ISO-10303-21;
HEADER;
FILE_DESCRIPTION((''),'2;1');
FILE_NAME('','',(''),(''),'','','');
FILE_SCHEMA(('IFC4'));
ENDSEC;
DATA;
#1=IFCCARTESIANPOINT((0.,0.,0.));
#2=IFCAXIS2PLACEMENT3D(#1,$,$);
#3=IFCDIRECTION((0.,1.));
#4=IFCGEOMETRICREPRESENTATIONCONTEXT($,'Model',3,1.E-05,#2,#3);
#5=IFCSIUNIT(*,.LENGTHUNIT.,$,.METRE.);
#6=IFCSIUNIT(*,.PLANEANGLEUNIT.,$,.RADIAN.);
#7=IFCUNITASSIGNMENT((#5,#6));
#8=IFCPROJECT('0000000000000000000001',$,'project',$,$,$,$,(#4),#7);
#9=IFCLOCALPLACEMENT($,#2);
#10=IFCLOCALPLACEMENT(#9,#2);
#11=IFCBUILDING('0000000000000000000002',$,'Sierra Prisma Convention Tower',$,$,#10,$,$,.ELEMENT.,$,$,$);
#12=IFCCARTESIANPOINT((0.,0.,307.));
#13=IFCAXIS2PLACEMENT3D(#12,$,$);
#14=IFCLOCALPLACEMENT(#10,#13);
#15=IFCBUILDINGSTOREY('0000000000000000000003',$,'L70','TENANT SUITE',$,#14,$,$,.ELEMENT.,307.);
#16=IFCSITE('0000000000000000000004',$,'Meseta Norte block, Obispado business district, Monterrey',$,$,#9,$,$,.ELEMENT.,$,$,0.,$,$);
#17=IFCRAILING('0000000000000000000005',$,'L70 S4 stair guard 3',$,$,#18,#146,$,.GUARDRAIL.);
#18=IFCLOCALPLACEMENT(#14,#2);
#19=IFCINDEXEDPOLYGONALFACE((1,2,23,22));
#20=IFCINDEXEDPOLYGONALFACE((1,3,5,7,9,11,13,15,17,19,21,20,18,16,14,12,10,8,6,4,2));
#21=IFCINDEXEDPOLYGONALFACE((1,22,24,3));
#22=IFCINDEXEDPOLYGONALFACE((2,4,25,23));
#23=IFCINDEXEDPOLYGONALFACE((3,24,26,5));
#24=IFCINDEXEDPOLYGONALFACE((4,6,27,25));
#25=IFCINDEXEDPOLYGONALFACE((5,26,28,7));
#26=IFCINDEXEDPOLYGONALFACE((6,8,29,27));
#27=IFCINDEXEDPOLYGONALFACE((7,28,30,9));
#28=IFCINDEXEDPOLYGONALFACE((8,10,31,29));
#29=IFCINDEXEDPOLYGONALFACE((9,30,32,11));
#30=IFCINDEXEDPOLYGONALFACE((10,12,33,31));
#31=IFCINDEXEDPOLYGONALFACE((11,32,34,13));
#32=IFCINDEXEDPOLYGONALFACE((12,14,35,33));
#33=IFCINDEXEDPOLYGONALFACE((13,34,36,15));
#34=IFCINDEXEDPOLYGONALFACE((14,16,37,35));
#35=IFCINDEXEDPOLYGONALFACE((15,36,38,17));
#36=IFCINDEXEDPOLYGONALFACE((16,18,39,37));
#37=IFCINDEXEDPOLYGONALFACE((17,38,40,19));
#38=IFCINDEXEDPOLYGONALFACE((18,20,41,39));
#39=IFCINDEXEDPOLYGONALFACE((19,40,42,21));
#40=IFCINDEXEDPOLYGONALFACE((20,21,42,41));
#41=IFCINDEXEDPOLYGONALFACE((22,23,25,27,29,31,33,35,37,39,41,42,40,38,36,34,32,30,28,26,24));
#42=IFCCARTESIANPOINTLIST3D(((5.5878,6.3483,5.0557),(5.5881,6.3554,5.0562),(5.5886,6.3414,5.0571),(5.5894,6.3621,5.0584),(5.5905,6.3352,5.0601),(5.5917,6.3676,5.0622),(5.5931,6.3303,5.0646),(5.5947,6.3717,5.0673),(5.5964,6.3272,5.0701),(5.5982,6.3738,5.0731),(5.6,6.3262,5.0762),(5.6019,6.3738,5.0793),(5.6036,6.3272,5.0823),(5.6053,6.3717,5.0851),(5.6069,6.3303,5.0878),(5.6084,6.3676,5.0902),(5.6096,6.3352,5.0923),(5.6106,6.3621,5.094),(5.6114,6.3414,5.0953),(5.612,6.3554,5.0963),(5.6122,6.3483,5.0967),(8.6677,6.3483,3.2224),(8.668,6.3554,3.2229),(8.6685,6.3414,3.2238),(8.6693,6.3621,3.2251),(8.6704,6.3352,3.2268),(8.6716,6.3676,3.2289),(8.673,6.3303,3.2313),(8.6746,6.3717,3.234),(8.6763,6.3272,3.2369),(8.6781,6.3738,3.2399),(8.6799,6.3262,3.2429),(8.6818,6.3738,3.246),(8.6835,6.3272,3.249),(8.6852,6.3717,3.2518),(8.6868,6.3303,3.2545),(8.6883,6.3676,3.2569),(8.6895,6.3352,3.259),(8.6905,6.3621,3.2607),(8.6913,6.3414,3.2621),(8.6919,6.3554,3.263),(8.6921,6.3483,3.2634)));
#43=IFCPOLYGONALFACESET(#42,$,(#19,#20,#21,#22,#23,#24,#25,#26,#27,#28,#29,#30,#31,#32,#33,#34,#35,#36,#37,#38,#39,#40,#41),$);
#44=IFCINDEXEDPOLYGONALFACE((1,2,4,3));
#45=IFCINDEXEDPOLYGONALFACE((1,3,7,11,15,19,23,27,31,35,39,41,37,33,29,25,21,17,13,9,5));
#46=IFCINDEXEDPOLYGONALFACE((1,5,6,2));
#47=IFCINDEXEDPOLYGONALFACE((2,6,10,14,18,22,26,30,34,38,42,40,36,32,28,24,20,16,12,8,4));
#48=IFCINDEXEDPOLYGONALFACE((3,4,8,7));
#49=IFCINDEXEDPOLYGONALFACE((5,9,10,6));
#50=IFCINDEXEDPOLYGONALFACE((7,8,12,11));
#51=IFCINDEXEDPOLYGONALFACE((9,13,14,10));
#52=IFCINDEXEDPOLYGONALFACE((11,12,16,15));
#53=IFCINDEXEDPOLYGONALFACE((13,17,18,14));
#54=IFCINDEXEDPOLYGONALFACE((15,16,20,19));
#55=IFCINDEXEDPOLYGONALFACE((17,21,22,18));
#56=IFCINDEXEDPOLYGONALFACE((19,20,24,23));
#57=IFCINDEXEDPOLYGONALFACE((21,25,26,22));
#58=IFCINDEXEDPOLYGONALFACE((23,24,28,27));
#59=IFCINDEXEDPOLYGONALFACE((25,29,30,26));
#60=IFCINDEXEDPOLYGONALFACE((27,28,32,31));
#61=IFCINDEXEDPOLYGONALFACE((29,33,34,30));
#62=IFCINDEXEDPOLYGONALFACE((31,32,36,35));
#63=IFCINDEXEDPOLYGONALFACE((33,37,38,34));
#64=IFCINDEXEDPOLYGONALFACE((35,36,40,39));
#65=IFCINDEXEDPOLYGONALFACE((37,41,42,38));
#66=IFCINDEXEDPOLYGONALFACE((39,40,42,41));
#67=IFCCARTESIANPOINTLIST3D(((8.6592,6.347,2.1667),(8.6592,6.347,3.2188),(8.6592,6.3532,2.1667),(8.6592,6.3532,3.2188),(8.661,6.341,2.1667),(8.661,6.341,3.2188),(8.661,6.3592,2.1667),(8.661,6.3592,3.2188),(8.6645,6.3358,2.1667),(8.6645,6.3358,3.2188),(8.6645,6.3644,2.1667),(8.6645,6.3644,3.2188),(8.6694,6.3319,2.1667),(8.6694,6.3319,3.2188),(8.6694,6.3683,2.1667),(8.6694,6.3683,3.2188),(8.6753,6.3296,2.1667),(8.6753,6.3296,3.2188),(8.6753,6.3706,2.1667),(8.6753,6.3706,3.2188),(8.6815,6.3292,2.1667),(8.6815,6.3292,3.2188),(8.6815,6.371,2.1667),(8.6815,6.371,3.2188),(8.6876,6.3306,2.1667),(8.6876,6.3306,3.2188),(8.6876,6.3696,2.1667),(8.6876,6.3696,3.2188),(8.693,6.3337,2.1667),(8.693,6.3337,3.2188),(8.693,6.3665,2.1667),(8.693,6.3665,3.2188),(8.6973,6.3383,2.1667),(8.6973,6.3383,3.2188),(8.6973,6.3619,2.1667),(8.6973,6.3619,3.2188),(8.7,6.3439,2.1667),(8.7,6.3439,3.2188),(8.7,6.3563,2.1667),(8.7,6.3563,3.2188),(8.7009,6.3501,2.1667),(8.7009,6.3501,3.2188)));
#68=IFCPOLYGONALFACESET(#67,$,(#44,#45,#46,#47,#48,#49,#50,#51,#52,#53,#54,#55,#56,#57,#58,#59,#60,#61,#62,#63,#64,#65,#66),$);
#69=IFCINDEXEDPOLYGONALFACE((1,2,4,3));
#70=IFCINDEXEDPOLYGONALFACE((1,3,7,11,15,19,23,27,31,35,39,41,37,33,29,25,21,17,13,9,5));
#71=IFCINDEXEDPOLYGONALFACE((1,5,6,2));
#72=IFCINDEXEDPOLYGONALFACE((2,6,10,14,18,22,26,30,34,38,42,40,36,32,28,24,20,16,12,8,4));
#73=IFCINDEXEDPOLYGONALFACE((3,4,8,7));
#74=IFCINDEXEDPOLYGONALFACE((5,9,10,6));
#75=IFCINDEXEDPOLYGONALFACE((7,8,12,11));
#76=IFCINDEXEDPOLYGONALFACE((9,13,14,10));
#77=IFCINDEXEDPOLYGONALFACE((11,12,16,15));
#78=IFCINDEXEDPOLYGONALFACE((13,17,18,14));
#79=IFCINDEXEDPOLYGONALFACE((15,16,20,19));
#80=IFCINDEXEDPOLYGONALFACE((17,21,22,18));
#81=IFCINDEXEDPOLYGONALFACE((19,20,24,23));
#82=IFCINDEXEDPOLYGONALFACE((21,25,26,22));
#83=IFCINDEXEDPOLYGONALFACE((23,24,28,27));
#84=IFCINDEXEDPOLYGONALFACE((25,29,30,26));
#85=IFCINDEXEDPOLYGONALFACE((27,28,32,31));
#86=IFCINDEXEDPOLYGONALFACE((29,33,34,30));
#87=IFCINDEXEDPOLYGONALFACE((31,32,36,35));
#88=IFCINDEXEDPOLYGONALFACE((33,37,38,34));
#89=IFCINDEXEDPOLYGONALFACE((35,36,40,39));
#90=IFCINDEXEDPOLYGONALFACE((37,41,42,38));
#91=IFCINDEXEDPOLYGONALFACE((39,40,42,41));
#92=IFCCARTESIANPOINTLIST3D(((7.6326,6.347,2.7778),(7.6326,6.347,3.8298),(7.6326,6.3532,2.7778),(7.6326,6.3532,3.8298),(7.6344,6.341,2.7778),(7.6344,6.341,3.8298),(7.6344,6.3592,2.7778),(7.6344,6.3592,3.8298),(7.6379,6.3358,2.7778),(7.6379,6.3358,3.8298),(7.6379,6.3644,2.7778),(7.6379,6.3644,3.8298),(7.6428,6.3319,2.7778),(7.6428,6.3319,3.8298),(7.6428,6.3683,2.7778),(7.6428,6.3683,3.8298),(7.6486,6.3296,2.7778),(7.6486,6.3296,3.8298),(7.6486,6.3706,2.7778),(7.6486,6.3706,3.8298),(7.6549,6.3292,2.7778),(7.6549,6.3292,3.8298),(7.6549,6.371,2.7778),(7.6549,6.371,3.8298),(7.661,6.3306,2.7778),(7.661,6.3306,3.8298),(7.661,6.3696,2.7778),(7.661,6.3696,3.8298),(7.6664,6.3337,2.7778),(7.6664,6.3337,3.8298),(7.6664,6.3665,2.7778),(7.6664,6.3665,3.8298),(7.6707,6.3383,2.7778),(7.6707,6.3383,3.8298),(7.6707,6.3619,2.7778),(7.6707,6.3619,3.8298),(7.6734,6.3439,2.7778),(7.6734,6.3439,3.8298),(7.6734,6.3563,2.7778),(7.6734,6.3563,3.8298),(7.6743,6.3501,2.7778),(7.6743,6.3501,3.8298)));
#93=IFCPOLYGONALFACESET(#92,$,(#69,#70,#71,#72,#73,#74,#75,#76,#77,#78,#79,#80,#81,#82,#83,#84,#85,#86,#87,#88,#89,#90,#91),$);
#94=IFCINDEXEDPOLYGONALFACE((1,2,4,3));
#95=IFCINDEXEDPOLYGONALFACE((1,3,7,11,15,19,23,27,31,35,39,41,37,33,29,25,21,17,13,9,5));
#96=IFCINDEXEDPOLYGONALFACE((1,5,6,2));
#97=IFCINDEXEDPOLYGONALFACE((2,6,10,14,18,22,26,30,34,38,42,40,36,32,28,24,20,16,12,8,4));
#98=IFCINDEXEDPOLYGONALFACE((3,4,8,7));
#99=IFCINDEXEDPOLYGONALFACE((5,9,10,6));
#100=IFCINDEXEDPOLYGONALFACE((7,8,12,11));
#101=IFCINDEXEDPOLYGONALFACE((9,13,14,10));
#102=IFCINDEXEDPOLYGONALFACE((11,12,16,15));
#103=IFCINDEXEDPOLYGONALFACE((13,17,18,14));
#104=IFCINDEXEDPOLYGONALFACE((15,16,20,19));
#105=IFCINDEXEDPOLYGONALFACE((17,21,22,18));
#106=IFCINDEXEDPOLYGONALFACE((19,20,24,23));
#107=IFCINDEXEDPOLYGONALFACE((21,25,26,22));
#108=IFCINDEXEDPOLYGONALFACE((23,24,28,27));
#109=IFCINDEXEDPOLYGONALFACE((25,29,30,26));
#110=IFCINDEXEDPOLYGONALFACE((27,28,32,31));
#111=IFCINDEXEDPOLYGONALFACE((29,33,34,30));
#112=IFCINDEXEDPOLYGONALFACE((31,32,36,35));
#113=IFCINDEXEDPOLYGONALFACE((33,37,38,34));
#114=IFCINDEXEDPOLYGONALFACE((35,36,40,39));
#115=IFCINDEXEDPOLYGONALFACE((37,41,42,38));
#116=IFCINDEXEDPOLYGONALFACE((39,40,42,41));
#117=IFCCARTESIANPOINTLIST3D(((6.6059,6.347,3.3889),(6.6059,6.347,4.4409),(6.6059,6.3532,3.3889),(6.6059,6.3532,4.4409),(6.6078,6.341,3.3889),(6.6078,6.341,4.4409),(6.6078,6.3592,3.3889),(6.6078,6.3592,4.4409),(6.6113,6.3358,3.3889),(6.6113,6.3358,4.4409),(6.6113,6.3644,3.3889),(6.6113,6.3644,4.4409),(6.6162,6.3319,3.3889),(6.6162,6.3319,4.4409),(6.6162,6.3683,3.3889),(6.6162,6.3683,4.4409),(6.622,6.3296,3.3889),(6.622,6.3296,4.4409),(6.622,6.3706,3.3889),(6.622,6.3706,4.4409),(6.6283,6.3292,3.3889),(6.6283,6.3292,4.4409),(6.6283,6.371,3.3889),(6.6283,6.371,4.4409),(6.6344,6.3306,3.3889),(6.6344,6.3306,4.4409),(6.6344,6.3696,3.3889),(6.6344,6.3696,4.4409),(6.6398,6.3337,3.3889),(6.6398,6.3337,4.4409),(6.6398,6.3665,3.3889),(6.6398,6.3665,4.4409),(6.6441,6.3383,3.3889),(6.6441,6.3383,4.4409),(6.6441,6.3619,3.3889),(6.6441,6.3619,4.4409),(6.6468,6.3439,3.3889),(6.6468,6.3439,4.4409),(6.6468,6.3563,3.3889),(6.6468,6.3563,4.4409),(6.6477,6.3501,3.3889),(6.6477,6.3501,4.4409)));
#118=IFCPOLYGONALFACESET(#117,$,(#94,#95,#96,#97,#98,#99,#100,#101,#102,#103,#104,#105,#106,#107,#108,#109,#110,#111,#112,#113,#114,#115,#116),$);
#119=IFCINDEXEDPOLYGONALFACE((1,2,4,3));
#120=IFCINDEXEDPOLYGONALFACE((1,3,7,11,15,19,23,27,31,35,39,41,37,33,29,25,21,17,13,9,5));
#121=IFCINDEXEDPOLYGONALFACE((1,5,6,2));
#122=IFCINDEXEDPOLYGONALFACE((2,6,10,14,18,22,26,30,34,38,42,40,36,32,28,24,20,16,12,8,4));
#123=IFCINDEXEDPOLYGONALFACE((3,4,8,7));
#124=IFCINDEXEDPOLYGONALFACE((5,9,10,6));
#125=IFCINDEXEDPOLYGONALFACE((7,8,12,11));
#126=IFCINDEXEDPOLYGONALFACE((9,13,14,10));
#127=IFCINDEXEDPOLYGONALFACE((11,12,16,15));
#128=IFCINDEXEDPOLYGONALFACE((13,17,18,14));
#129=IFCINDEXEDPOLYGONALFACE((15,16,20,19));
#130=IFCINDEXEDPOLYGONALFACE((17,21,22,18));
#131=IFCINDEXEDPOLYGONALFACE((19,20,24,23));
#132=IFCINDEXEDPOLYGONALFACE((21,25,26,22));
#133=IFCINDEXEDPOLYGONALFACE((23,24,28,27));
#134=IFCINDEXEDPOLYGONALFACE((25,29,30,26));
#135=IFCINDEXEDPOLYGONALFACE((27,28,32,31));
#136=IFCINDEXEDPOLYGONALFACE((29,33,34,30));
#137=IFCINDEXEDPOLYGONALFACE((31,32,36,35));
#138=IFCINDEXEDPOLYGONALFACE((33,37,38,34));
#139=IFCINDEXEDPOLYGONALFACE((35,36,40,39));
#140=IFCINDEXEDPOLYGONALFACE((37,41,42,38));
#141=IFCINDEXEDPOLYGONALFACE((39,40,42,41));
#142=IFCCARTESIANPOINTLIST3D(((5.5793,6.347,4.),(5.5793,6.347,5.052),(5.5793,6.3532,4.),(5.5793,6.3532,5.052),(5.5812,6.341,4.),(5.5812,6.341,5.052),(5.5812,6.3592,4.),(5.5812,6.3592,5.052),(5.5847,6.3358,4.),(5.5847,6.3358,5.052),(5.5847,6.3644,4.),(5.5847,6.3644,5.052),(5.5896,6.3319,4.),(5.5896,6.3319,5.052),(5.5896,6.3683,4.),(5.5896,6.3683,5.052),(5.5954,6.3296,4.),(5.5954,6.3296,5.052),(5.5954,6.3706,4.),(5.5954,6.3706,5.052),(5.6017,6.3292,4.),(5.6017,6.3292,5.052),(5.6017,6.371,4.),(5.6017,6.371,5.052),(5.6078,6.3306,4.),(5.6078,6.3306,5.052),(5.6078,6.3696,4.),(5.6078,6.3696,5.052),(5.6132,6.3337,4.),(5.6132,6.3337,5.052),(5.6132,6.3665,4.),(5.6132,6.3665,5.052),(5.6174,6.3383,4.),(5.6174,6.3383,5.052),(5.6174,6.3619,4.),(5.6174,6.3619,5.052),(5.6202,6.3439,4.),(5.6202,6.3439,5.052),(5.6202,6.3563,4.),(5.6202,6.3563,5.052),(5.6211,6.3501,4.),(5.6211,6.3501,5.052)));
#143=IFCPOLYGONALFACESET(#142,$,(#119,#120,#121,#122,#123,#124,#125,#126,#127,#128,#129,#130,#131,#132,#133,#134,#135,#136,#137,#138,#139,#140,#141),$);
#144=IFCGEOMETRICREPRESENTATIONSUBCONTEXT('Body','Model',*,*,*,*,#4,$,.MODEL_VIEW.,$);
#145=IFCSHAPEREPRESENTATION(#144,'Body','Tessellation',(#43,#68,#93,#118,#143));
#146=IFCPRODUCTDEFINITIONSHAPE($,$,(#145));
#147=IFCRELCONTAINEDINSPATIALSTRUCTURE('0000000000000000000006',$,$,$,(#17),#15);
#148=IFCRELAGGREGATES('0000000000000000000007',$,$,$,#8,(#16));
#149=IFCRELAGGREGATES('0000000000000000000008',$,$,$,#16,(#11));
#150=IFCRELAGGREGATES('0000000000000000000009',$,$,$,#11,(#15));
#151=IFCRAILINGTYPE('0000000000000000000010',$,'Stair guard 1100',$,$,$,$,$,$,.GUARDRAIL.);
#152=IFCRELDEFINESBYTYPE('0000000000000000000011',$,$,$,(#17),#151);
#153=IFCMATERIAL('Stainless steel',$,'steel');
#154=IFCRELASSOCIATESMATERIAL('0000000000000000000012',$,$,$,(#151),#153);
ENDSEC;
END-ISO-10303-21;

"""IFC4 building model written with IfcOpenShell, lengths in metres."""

from ifc_helpers import new_model, si_unit, direction, frame, origin, origin_2d, place, context, subcontext, project, spatial, circle, extrude, material, type_object, element, save


model = new_model("IFC4")

# Units and contexts
model_context = context("Model", 3, precision=1e-05, world=origin(), true_north=direction((0.0, 1.0)))
body_context = subcontext(model_context, "Body", "Model", "MODEL_VIEW")
ifc_project = project(units=[si_unit("LENGTHUNIT", "METRE"), si_unit("PLANEANGLEUNIT", "RADIAN")], contexts=[model_context])

# Site, building, storey
site_placement = place(None, origin())
site = spatial("IfcSite", under=ifc_project, at=site_placement, Name="Meseta Norte block, Obispado business district, Monterrey", CompositionType="ELEMENT", RefElevation=0.0)
building_placement = place(site_placement, origin())
building = spatial("IfcBuilding", under=site, at=building_placement, Name="Sierra Prisma Convention Tower", CompositionType="ELEMENT")
storey_placement = place(building_placement, frame((0.0, 0.0, 307.0)))
storey = spatial("IfcBuildingStorey", under=building, at=storey_placement, Name="L70", Description="TENANT SUITE", CompositionType="ELEMENT", Elevation=307.0)

# Railing
ifc_material_1 = material(Name="Stainless steel", Category="steel")
railing_type_1 = type_object("IfcRailingType", Name="Stair guard 1100", PredefinedType="GUARDRAIL", material=ifc_material_1)
railing_1_placement = place(storey_placement, frame((8.6799, 6.3501, 2.1667)))
element("IfcRailing", 1, at=railing_1_placement, inside=storey, type_object=railing_type_1, Name="L70 S4 stair guard 3", PredefinedType="GUARDRAIL", context=body_context, shape_type="SweptSolid", body=[
    extrude(circle(Radius=0.0239, at=origin_2d()), frame((0.0, 0.0, 1.0762), z_axis=(-0.859291, 0.0, 0.511487), x_axis=(0.0, -1.0, 0.0)), (0.0, 0.0, 1.0), 3.5842),
    extrude(circle(Radius=0.021, at=origin_2d()), origin(), (0.0, 0.0, 1.0), 1.052),
    extrude(circle(Radius=0.021, at=origin_2d()), frame((-1.0266, 0.0, 0.6111)), (0.0, 0.0, 1.0), 1.052),
    extrude(circle(Radius=0.021, at=origin_2d()), frame((-2.0532, 0.0, 1.2222)), (0.0, 0.0, 1.0), 1.052),
    extrude(circle(Radius=0.021, at=origin_2d()), frame((-3.0798, 0.0, 1.8333)), (0.0, 0.0, 1.0), 1.052),
])

save(model, "model.ifc")
